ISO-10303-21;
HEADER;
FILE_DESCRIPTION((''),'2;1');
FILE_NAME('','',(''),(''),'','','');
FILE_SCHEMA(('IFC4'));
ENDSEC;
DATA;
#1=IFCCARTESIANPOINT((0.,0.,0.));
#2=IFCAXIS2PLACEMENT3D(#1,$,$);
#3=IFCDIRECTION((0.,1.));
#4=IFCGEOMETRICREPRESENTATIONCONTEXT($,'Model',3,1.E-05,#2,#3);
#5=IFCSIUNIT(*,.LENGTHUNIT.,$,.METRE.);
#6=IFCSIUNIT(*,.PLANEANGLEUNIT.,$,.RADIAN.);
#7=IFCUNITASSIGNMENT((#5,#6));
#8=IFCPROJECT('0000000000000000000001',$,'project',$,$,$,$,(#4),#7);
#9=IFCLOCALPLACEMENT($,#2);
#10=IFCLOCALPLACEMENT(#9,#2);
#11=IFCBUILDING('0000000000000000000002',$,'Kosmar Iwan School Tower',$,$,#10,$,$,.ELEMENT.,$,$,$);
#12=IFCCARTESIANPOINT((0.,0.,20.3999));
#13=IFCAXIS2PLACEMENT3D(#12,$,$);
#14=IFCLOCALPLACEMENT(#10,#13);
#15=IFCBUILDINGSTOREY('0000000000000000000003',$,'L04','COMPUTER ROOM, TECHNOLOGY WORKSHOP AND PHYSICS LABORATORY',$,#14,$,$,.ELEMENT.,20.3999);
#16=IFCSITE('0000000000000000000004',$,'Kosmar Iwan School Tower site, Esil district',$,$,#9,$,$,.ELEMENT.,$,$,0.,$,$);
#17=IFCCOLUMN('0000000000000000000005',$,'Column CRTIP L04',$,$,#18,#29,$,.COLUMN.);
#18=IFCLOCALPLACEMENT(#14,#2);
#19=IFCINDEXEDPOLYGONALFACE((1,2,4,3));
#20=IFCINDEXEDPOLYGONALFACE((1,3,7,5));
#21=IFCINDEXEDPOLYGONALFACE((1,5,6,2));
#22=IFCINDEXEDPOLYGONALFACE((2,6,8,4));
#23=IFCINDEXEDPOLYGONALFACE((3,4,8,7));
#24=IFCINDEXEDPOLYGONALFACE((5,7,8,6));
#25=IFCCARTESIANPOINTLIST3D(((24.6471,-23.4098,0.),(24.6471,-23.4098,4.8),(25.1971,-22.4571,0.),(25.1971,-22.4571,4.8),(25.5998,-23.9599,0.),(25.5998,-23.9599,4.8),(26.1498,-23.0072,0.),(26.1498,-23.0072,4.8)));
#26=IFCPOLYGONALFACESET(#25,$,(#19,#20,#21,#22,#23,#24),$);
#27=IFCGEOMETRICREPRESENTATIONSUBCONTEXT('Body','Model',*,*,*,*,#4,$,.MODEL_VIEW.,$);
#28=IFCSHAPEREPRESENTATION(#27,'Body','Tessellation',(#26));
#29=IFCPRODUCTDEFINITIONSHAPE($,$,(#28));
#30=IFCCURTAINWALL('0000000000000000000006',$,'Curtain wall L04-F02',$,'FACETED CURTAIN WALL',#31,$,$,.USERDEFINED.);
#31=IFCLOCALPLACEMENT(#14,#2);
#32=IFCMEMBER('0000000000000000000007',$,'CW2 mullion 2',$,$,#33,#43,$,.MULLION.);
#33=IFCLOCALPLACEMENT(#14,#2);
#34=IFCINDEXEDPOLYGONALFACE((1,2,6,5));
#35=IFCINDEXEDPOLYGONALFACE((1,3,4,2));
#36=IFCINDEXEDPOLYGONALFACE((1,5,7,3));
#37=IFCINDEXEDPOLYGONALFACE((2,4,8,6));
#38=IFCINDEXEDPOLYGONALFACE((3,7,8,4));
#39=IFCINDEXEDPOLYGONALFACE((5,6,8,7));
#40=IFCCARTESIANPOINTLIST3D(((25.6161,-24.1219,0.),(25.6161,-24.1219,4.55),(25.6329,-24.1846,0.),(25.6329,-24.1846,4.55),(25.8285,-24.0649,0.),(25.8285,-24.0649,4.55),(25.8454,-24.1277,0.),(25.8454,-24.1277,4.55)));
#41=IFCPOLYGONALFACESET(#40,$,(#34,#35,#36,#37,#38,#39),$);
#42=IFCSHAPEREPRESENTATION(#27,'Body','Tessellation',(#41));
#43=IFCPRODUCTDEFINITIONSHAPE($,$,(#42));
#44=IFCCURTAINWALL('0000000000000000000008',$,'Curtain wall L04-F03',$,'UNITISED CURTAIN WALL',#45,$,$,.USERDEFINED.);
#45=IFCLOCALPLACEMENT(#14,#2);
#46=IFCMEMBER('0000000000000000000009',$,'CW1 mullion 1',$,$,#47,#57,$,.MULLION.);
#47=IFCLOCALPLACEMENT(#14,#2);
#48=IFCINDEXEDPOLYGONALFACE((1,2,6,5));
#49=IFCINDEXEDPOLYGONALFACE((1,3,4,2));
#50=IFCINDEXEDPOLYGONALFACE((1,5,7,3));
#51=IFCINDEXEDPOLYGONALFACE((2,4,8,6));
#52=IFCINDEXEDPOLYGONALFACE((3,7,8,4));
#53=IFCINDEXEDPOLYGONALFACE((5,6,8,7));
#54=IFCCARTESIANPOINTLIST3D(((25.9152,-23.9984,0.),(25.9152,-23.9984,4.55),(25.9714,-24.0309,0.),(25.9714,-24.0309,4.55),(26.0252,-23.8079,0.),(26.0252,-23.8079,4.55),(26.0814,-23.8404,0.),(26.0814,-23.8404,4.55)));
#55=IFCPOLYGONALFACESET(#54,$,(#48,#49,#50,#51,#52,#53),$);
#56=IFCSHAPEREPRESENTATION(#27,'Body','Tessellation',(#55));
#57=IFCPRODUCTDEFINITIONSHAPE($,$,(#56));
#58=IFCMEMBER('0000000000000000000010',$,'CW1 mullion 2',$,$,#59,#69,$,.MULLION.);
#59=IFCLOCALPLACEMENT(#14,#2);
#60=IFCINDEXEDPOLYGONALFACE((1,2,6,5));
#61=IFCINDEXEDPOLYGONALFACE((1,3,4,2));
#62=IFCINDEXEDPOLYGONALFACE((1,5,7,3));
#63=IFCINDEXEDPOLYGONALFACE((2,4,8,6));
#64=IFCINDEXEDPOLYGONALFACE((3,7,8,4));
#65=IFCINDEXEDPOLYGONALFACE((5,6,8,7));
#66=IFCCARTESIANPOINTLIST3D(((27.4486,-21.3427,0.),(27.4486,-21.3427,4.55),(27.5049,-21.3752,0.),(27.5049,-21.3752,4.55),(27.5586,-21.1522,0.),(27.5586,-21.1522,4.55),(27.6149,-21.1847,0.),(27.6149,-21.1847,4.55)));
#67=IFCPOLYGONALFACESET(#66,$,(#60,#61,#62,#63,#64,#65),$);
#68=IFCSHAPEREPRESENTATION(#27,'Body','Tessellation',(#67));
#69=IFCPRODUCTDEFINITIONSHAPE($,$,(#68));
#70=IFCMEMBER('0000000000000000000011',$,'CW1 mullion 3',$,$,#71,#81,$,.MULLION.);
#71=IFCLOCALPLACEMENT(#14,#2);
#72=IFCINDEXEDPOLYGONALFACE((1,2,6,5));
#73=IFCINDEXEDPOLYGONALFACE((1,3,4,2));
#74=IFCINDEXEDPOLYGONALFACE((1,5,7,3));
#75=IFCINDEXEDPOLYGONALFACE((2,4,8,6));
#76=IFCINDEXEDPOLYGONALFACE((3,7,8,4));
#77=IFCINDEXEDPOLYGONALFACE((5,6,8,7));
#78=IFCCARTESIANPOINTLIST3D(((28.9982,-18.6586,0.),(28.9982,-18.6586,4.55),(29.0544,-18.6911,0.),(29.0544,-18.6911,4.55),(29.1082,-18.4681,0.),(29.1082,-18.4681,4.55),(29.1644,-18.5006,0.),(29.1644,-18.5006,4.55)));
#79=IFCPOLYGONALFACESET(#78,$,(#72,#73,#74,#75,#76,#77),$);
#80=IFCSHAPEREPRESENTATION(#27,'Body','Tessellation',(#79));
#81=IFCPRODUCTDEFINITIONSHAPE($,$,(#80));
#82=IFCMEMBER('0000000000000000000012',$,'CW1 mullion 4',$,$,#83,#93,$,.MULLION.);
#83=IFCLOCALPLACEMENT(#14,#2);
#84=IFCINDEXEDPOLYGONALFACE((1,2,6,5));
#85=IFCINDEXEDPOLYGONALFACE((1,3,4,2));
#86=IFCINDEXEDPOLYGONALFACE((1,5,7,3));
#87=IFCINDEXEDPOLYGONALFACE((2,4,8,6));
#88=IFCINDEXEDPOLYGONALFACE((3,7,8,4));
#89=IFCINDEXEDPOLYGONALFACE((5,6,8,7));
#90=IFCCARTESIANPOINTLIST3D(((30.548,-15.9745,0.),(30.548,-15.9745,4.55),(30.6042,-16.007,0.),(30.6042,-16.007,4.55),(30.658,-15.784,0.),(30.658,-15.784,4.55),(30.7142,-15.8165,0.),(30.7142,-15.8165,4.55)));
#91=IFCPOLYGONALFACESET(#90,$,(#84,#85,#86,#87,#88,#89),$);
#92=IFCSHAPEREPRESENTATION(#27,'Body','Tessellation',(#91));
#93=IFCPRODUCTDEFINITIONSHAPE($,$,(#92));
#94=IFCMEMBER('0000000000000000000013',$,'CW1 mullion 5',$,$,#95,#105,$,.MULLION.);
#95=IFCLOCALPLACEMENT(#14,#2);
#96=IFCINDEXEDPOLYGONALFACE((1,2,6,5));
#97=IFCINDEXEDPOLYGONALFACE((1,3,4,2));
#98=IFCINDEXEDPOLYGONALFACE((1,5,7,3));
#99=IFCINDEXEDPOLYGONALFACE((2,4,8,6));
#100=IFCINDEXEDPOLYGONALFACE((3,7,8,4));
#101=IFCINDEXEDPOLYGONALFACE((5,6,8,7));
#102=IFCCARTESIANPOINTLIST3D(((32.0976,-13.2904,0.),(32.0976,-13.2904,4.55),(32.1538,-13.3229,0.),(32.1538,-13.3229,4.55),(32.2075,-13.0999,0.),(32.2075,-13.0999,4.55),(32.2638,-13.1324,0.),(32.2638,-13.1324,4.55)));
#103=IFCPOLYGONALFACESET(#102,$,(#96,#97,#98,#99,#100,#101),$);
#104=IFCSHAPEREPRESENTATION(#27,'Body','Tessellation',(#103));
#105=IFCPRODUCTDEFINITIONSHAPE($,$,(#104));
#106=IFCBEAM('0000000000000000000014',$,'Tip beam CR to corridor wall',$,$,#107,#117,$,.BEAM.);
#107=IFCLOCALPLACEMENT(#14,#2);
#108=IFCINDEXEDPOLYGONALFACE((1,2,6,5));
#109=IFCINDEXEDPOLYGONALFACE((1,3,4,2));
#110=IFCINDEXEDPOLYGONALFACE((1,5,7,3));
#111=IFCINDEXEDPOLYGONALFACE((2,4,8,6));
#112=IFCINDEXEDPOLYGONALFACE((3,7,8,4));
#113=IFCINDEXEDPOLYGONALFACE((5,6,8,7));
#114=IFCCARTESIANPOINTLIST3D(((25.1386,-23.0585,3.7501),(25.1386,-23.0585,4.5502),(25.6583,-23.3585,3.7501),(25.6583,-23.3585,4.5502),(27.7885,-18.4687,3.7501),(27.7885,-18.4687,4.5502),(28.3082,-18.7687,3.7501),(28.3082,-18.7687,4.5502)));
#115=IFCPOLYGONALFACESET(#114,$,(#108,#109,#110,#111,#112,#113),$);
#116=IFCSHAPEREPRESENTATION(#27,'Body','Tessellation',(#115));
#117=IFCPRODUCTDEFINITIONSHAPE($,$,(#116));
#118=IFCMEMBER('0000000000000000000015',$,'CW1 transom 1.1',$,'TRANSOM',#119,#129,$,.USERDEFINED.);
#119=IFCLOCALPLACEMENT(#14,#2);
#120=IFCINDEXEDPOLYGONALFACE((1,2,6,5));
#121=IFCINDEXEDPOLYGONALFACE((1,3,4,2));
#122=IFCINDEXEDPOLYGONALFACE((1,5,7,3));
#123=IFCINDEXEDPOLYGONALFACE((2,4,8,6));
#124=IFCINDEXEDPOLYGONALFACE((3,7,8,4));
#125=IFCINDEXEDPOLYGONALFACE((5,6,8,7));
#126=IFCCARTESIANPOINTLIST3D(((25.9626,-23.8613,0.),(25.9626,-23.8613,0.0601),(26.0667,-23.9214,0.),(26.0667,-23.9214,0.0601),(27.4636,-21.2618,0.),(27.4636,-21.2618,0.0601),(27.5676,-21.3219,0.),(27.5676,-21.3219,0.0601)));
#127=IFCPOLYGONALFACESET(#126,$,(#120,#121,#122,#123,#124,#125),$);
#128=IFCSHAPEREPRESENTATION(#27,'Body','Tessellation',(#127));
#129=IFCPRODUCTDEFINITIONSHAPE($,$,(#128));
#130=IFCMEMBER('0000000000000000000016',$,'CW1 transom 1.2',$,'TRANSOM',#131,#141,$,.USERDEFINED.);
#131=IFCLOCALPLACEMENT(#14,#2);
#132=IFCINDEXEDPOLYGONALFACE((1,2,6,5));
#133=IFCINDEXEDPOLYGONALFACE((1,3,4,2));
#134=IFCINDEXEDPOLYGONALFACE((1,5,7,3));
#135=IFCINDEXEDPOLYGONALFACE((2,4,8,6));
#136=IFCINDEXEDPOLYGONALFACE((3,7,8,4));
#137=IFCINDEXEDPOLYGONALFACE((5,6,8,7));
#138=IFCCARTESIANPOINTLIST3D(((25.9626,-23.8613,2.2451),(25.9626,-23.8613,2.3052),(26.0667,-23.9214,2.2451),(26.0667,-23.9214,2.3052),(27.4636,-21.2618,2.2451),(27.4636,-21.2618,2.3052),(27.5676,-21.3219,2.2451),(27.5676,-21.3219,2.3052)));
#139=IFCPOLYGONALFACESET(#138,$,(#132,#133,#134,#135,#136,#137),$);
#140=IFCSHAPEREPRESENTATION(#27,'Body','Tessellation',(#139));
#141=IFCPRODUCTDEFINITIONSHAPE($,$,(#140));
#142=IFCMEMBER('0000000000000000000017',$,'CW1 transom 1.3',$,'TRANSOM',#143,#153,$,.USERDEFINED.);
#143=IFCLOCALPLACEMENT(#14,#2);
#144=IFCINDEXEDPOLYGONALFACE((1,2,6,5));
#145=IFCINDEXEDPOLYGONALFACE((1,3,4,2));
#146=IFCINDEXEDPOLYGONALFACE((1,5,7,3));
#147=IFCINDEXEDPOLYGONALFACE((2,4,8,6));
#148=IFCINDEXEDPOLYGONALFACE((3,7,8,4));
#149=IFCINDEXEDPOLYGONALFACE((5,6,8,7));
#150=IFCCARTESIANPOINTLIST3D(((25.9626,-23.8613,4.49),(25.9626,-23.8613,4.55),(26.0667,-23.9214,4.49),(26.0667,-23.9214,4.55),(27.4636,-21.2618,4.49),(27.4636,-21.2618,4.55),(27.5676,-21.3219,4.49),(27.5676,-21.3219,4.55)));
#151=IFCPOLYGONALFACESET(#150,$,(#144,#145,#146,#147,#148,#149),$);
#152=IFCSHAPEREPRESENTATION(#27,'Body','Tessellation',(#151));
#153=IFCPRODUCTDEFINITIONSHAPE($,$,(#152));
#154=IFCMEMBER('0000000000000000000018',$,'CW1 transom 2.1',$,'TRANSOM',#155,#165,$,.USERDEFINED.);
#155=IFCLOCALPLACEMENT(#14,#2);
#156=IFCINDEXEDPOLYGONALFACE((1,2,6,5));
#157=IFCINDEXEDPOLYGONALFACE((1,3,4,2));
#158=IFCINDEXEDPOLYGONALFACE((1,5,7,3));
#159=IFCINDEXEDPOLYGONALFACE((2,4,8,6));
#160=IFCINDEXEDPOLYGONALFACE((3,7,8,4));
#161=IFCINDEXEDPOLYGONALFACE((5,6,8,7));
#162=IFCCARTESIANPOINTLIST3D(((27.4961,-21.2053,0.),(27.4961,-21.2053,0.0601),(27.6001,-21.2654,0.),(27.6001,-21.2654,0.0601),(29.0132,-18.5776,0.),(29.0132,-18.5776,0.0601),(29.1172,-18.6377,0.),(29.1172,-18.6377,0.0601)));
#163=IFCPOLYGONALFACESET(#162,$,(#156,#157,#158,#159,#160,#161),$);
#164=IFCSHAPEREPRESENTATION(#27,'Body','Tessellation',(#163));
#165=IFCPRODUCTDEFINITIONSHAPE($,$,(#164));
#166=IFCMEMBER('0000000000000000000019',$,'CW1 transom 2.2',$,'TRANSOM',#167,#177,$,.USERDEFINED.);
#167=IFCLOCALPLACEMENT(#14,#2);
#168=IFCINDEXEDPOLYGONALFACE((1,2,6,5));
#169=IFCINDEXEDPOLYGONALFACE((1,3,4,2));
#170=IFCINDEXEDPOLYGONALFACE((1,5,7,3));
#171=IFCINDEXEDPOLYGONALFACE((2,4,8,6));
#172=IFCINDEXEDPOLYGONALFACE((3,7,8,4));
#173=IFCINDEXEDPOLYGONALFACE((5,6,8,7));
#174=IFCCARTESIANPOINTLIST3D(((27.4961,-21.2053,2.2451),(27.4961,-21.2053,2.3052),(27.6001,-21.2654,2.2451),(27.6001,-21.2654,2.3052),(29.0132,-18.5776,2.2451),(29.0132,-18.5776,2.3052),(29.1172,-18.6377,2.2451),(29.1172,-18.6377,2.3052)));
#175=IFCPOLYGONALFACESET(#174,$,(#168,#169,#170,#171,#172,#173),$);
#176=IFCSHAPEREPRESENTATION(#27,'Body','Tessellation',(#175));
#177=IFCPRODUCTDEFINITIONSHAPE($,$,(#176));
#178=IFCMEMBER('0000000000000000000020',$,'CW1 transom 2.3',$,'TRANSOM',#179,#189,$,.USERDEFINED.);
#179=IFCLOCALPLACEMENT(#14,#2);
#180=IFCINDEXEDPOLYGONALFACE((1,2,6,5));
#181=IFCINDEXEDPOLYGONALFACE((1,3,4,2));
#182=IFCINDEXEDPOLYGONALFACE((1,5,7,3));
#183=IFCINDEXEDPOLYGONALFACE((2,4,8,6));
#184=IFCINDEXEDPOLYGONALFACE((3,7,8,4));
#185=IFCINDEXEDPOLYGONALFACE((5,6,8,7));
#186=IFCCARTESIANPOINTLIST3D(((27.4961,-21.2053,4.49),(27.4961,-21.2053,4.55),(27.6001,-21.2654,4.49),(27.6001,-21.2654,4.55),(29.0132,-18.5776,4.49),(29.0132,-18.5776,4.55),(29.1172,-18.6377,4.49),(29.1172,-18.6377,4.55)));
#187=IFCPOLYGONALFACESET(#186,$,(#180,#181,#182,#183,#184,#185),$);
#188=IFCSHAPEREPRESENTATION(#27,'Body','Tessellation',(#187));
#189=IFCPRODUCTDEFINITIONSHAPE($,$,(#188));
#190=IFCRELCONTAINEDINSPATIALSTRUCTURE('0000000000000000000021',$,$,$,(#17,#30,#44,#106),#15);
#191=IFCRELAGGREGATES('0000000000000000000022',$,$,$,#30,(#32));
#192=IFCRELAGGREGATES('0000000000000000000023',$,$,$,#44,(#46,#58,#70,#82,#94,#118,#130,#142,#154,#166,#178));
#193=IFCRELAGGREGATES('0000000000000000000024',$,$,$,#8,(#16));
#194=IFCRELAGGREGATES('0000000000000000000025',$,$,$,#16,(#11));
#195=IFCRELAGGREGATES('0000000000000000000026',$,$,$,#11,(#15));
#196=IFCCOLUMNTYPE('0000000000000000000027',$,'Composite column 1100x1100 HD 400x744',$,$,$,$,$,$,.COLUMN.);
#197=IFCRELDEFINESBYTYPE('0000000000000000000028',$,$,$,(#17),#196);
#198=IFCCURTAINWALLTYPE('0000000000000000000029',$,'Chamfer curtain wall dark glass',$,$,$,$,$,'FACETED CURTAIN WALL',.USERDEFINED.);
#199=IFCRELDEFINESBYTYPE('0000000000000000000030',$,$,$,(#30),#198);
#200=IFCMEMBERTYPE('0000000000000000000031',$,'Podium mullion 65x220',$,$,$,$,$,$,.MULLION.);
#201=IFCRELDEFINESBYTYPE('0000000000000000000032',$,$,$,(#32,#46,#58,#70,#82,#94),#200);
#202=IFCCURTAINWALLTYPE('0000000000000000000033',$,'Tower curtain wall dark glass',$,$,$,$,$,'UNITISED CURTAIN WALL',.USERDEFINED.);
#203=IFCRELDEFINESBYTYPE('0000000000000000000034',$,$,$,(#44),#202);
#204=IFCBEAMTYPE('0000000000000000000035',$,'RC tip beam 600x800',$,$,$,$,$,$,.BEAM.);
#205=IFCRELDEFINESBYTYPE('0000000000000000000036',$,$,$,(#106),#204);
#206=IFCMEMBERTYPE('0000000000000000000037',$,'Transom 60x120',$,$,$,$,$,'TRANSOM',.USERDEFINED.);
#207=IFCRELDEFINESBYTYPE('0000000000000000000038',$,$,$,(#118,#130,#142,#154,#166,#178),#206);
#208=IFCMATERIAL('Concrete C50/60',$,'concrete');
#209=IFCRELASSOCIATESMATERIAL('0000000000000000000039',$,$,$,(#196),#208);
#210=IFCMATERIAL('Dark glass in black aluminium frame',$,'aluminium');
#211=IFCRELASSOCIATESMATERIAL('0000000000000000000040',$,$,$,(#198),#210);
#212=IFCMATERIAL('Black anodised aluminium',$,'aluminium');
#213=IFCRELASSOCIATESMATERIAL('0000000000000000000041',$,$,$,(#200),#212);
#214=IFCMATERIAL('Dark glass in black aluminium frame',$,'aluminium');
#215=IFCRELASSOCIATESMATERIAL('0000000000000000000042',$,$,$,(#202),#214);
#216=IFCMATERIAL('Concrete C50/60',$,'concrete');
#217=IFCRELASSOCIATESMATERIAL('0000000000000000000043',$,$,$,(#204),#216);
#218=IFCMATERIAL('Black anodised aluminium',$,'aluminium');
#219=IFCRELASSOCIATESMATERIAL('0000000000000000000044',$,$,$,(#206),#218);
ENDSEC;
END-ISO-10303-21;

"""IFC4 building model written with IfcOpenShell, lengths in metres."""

from ifc_helpers import new_model, si_unit, direction, frame, origin, origin_2d, place, context, subcontext, project, spatial, rectangle, extrude, material, material_profile, profile_set, type_object, element, aggregate, save


model = new_model("IFC4")

# Units and contexts
model_context = context("Model", 3, precision=1e-05, world=origin(), true_north=direction((0.0, 1.0)))
body_context = subcontext(model_context, "Body", "Model", "MODEL_VIEW")
ifc_project = project(units=[si_unit("LENGTHUNIT", "METRE"), si_unit("PLANEANGLEUNIT", "RADIAN")], contexts=[model_context])

# Site, building, storey
site_placement = place(None, origin())
site = spatial("IfcSite", under=ifc_project, at=site_placement, Name="Kosmar Iwan School Tower site, Esil district", CompositionType="ELEMENT", RefElevation=0.0)
building_placement = place(site_placement, origin())
building = spatial("IfcBuilding", under=site, at=building_placement, Name="Kosmar Iwan School Tower", CompositionType="ELEMENT")
storey_placement = place(building_placement, frame((0.0, 0.0, 20.3999)))
storey = spatial("IfcBuildingStorey", under=building, at=storey_placement, Name="L04", Description="COMPUTER ROOM, TECHNOLOGY WORKSHOP AND PHYSICS LABORATORY", CompositionType="ELEMENT", Elevation=20.3999)

# Column
ifc_material_1 = material(Name="Concrete C50/60", Category="concrete")
ifc_material_profile_1 = material_profile(ifc_material_1, rectangle(XDim=1.1001, YDim=1.1001, at=origin_2d()), Name="RC 1100x1100 + HD 400x744")
ifc_profile_set_1 = profile_set([ifc_material_profile_1], Name="Concrete C50/60")
column_type = type_object("IfcColumnType", Name="Composite column 1100x1100 HD 400x744", PredefinedType="COLUMN", material=ifc_profile_set_1)
column_placement = place(storey_placement, frame((25.3984, -23.2085, 0.0), z_axis=(0.0, 0.0, 1.0), x_axis=(0.866025, -0.5, 0.0)))
element("IfcColumn", 1, at=column_placement, inside=storey, type_object=column_type, Name="Column CRTIP L04", PredefinedType="COLUMN", context=body_context, shape_type="SweptSolid", body=[
    extrude(rectangle(XDim=1.1001, YDim=1.1001, at=origin_2d()), origin(), (0.0, 0.0, 1.0), 4.8),
])

# Curtain wall, member
ifc_material_2 = material(Name="Dark glass in black aluminium frame", Category="aluminium")
curtain_wall_type_1 = type_object("IfcCurtainWallType", Name="Chamfer curtain wall dark glass", ElementType="FACETED CURTAIN WALL", PredefinedType="USERDEFINED", material=ifc_material_2)
curtain_wall_1_placement = place(storey_placement, origin())
curtain_wall_1 = element("IfcCurtainWall", 2, at=curtain_wall_1_placement, inside=storey, type_object=curtain_wall_type_1, Name="Curtain wall L04-F02", ObjectType="FACETED CURTAIN WALL", PredefinedType="USERDEFINED")
ifc_material_3 = material(Name="Black anodised aluminium", Category="aluminium")
ifc_material_profile_2 = material_profile(ifc_material_3, rectangle(XDim=0.0649, YDim=0.22, at=origin_2d()), Name="MULLION 65x220")
ifc_profile_set_2 = profile_set([ifc_material_profile_2], Name="Black anodised aluminium")
member_type_1 = type_object("IfcMemberType", Name="Podium mullion 65x220", PredefinedType="MULLION", material=ifc_profile_set_2)
member_1_placement = place(storey_placement, frame((25.7307, -24.1248, 0.0), z_axis=(0.0, 0.0, 1.0), x_axis=(-0.258819, 0.965926, 0.0)))
member_1 = element("IfcMember", 3, at=member_1_placement, type_object=member_type_1, Name="CW2 mullion 2", PredefinedType="MULLION", context=body_context, shape_type="SweptSolid", body=[
    extrude(rectangle(XDim=0.0649, YDim=0.22, at=origin_2d()), origin(), (0.0, 0.0, 1.0), 4.55),
])
aggregate(curtain_wall_1, [member_1])

# Curtain wall, members
ifc_material_4 = material(Name="Dark glass in black aluminium frame", Category="aluminium")
curtain_wall_type_2 = type_object("IfcCurtainWallType", Name="Tower curtain wall dark glass", ElementType="UNITISED CURTAIN WALL", PredefinedType="USERDEFINED", material=ifc_material_4)
curtain_wall_2_placement = place(storey_placement, origin())
curtain_wall_2 = element("IfcCurtainWall", 4, at=curtain_wall_2_placement, inside=storey, type_object=curtain_wall_type_2, Name="Curtain wall L04-F03", ObjectType="UNITISED CURTAIN WALL", PredefinedType="USERDEFINED")
member_2_placement = place(storey_placement, frame((25.9983, -23.9194, 0.0), z_axis=(0.0, 0.0, 1.0), x_axis=(-0.866025, 0.5, 0.0)))
member_2 = element("IfcMember", 5, at=member_2_placement, type_object=member_type_1, Name="CW1 mullion 1", PredefinedType="MULLION", context=body_context, shape_type="SweptSolid", body=[
    extrude(rectangle(XDim=0.0649, YDim=0.22, at=origin_2d()), origin(), (0.0, 0.0, 1.0), 4.55),
])
member_3_placement = place(storey_placement, frame((27.5317, -21.2637, 0.0), z_axis=(0.0, 0.0, 1.0), x_axis=(-0.866025, 0.5, 0.0)))
member_3 = element("IfcMember", 6, at=member_3_placement, type_object=member_type_1, Name="CW1 mullion 2", PredefinedType="MULLION", context=body_context, shape_type="SweptSolid", body=[
    extrude(rectangle(XDim=0.0649, YDim=0.22, at=origin_2d()), origin(), (0.0, 0.0, 1.0), 4.55),
])
member_4_placement = place(storey_placement, frame((29.0813, -18.5796, 0.0), z_axis=(0.0, 0.0, 1.0), x_axis=(-0.866025, 0.5, 0.0)))
member_4 = element("IfcMember", 7, at=member_4_placement, type_object=member_type_1, Name="CW1 mullion 3", PredefinedType="MULLION", context=body_context, shape_type="SweptSolid", body=[
    extrude(rectangle(XDim=0.0649, YDim=0.22, at=origin_2d()), origin(), (0.0, 0.0, 1.0), 4.55),
])
member_5_placement = place(storey_placement, frame((30.6311, -15.8955, 0.0), z_axis=(0.0, 0.0, 1.0), x_axis=(-0.866025, 0.5, 0.0)))
member_5 = element("IfcMember", 8, at=member_5_placement, type_object=member_type_1, Name="CW1 mullion 4", PredefinedType="MULLION", context=body_context, shape_type="SweptSolid", body=[
    extrude(rectangle(XDim=0.0649, YDim=0.22, at=origin_2d()), origin(), (0.0, 0.0, 1.0), 4.55),
])
member_6_placement = place(storey_placement, frame((32.1807, -13.2114, 0.0), z_axis=(0.0, 0.0, 1.0), x_axis=(-0.866025, 0.5, 0.0)))
member_6 = element("IfcMember", 9, at=member_6_placement, type_object=member_type_1, Name="CW1 mullion 5", PredefinedType="MULLION", context=body_context, shape_type="SweptSolid", body=[
    extrude(rectangle(XDim=0.0649, YDim=0.22, at=origin_2d()), origin(), (0.0, 0.0, 1.0), 4.55),
])

# Beam
ifc_material_5 = material(Name="Concrete C50/60", Category="concrete")
ifc_material_profile_3 = material_profile(ifc_material_5, rectangle(XDim=0.6001, YDim=0.8, at=origin_2d()), Name="RC 600x800")
ifc_profile_set_3 = profile_set([ifc_material_profile_3], Name="Concrete C50/60")
beam_type = type_object("IfcBeamType", Name="RC tip beam 600x800", PredefinedType="BEAM", material=ifc_profile_set_3)
beam_placement = place(storey_placement, frame((25.3984, -23.2085, 4.1501), z_axis=(0.499994, 0.866029, 0.0), x_axis=(-0.866029, 0.499994, 0.0)))
element("IfcBeam", 10, at=beam_placement, inside=storey, type_object=beam_type, Name="Tip beam CR to corridor wall", PredefinedType="BEAM", context=body_context, shape_type="SweptSolid", body=[
    extrude(rectangle(XDim=0.6001, YDim=0.8, at=origin_2d()), origin(), (0.0, 0.0, 1.0), 5.2998),
])

# Members
ifc_material_6 = material(Name="Black anodised aluminium", Category="aluminium")
ifc_material_profile_4 = material_profile(ifc_material_6, rectangle(XDim=0.1201, YDim=0.0601, at=origin_2d()), Name="TRANSOM 60x120")
ifc_profile_set_4 = profile_set([ifc_material_profile_4], Name="Black anodised aluminium")
member_type_2 = type_object("IfcMemberType", Name="Transom 60x120", ElementType="TRANSOM", PredefinedType="USERDEFINED", material=ifc_profile_set_4)
member_7_placement = place(storey_placement, frame((26.0146, -23.8914, 0.03), z_axis=(0.500023, 0.866012, 0.0), x_axis=(-0.866012, 0.500023, 0.0)))
member_7 = element("IfcMember", 11, at=member_7_placement, type_object=member_type_2, Name="CW1 transom 1.1", ObjectType="TRANSOM", PredefinedType="USERDEFINED", context=body_context, shape_type="SweptSolid", body=[
    extrude(rectangle(XDim=0.1201, YDim=0.0601, at=origin_2d()), origin(), (0.0, 0.0, 1.0), 3.0017),
])
member_8_placement = place(storey_placement, frame((26.0146, -23.8914, 2.2751), z_axis=(0.500023, 0.866012, 0.0), x_axis=(-0.866012, 0.500023, 0.0)))
member_8 = element("IfcMember", 12, at=member_8_placement, type_object=member_type_2, Name="CW1 transom 1.2", ObjectType="TRANSOM", PredefinedType="USERDEFINED", context=body_context, shape_type="SweptSolid", body=[
    extrude(rectangle(XDim=0.1201, YDim=0.0601, at=origin_2d()), origin(), (0.0, 0.0, 1.0), 3.0017),
])
member_9_placement = place(storey_placement, frame((26.0146, -23.8914, 4.52), z_axis=(0.500023, 0.866012, 0.0), x_axis=(-0.866012, 0.500023, 0.0)))
member_9 = element("IfcMember", 13, at=member_9_placement, type_object=member_type_2, Name="CW1 transom 1.3", ObjectType="TRANSOM", PredefinedType="USERDEFINED", context=body_context, shape_type="SweptSolid", body=[
    extrude(rectangle(XDim=0.1201, YDim=0.0601, at=origin_2d()), origin(), (0.0, 0.0, 1.0), 3.0017),
])
member_10_placement = place(storey_placement, frame((27.5481, -21.2354, 0.03), z_axis=(0.499999, 0.866026, 0.0), x_axis=(-0.866026, 0.499999, 0.0)))
member_10 = element("IfcMember", 14, at=member_10_placement, type_object=member_type_2, Name="CW1 transom 2.1", ObjectType="TRANSOM", PredefinedType="USERDEFINED", context=body_context, shape_type="SweptSolid", body=[
    extrude(rectangle(XDim=0.1201, YDim=0.0601, at=origin_2d()), origin(), (0.0, 0.0, 1.0), 3.0342),
])
member_11_placement = place(storey_placement, frame((27.5481, -21.2354, 2.2751), z_axis=(0.499999, 0.866026, 0.0), x_axis=(-0.866026, 0.499999, 0.0)))
member_11 = element("IfcMember", 15, at=member_11_placement, type_object=member_type_2, Name="CW1 transom 2.2", ObjectType="TRANSOM", PredefinedType="USERDEFINED", context=body_context, shape_type="SweptSolid", body=[
    extrude(rectangle(XDim=0.1201, YDim=0.0601, at=origin_2d()), origin(), (0.0, 0.0, 1.0), 3.0342),
])
member_12_placement = place(storey_placement, frame((27.5481, -21.2354, 4.52), z_axis=(0.499999, 0.866026, 0.0), x_axis=(-0.866026, 0.499999, 0.0)))
member_12 = element("IfcMember", 16, at=member_12_placement, type_object=member_type_2, Name="CW1 transom 2.3", ObjectType="TRANSOM", PredefinedType="USERDEFINED", context=body_context, shape_type="SweptSolid", body=[
    extrude(rectangle(XDim=0.1201, YDim=0.0601, at=origin_2d()), origin(), (0.0, 0.0, 1.0), 3.0342),
])

aggregate(curtain_wall_2, [member_2, member_3, member_4, member_5, member_6, member_7, member_8, member_9, member_10, member_11, member_12])

save(model, "model.ifc")
